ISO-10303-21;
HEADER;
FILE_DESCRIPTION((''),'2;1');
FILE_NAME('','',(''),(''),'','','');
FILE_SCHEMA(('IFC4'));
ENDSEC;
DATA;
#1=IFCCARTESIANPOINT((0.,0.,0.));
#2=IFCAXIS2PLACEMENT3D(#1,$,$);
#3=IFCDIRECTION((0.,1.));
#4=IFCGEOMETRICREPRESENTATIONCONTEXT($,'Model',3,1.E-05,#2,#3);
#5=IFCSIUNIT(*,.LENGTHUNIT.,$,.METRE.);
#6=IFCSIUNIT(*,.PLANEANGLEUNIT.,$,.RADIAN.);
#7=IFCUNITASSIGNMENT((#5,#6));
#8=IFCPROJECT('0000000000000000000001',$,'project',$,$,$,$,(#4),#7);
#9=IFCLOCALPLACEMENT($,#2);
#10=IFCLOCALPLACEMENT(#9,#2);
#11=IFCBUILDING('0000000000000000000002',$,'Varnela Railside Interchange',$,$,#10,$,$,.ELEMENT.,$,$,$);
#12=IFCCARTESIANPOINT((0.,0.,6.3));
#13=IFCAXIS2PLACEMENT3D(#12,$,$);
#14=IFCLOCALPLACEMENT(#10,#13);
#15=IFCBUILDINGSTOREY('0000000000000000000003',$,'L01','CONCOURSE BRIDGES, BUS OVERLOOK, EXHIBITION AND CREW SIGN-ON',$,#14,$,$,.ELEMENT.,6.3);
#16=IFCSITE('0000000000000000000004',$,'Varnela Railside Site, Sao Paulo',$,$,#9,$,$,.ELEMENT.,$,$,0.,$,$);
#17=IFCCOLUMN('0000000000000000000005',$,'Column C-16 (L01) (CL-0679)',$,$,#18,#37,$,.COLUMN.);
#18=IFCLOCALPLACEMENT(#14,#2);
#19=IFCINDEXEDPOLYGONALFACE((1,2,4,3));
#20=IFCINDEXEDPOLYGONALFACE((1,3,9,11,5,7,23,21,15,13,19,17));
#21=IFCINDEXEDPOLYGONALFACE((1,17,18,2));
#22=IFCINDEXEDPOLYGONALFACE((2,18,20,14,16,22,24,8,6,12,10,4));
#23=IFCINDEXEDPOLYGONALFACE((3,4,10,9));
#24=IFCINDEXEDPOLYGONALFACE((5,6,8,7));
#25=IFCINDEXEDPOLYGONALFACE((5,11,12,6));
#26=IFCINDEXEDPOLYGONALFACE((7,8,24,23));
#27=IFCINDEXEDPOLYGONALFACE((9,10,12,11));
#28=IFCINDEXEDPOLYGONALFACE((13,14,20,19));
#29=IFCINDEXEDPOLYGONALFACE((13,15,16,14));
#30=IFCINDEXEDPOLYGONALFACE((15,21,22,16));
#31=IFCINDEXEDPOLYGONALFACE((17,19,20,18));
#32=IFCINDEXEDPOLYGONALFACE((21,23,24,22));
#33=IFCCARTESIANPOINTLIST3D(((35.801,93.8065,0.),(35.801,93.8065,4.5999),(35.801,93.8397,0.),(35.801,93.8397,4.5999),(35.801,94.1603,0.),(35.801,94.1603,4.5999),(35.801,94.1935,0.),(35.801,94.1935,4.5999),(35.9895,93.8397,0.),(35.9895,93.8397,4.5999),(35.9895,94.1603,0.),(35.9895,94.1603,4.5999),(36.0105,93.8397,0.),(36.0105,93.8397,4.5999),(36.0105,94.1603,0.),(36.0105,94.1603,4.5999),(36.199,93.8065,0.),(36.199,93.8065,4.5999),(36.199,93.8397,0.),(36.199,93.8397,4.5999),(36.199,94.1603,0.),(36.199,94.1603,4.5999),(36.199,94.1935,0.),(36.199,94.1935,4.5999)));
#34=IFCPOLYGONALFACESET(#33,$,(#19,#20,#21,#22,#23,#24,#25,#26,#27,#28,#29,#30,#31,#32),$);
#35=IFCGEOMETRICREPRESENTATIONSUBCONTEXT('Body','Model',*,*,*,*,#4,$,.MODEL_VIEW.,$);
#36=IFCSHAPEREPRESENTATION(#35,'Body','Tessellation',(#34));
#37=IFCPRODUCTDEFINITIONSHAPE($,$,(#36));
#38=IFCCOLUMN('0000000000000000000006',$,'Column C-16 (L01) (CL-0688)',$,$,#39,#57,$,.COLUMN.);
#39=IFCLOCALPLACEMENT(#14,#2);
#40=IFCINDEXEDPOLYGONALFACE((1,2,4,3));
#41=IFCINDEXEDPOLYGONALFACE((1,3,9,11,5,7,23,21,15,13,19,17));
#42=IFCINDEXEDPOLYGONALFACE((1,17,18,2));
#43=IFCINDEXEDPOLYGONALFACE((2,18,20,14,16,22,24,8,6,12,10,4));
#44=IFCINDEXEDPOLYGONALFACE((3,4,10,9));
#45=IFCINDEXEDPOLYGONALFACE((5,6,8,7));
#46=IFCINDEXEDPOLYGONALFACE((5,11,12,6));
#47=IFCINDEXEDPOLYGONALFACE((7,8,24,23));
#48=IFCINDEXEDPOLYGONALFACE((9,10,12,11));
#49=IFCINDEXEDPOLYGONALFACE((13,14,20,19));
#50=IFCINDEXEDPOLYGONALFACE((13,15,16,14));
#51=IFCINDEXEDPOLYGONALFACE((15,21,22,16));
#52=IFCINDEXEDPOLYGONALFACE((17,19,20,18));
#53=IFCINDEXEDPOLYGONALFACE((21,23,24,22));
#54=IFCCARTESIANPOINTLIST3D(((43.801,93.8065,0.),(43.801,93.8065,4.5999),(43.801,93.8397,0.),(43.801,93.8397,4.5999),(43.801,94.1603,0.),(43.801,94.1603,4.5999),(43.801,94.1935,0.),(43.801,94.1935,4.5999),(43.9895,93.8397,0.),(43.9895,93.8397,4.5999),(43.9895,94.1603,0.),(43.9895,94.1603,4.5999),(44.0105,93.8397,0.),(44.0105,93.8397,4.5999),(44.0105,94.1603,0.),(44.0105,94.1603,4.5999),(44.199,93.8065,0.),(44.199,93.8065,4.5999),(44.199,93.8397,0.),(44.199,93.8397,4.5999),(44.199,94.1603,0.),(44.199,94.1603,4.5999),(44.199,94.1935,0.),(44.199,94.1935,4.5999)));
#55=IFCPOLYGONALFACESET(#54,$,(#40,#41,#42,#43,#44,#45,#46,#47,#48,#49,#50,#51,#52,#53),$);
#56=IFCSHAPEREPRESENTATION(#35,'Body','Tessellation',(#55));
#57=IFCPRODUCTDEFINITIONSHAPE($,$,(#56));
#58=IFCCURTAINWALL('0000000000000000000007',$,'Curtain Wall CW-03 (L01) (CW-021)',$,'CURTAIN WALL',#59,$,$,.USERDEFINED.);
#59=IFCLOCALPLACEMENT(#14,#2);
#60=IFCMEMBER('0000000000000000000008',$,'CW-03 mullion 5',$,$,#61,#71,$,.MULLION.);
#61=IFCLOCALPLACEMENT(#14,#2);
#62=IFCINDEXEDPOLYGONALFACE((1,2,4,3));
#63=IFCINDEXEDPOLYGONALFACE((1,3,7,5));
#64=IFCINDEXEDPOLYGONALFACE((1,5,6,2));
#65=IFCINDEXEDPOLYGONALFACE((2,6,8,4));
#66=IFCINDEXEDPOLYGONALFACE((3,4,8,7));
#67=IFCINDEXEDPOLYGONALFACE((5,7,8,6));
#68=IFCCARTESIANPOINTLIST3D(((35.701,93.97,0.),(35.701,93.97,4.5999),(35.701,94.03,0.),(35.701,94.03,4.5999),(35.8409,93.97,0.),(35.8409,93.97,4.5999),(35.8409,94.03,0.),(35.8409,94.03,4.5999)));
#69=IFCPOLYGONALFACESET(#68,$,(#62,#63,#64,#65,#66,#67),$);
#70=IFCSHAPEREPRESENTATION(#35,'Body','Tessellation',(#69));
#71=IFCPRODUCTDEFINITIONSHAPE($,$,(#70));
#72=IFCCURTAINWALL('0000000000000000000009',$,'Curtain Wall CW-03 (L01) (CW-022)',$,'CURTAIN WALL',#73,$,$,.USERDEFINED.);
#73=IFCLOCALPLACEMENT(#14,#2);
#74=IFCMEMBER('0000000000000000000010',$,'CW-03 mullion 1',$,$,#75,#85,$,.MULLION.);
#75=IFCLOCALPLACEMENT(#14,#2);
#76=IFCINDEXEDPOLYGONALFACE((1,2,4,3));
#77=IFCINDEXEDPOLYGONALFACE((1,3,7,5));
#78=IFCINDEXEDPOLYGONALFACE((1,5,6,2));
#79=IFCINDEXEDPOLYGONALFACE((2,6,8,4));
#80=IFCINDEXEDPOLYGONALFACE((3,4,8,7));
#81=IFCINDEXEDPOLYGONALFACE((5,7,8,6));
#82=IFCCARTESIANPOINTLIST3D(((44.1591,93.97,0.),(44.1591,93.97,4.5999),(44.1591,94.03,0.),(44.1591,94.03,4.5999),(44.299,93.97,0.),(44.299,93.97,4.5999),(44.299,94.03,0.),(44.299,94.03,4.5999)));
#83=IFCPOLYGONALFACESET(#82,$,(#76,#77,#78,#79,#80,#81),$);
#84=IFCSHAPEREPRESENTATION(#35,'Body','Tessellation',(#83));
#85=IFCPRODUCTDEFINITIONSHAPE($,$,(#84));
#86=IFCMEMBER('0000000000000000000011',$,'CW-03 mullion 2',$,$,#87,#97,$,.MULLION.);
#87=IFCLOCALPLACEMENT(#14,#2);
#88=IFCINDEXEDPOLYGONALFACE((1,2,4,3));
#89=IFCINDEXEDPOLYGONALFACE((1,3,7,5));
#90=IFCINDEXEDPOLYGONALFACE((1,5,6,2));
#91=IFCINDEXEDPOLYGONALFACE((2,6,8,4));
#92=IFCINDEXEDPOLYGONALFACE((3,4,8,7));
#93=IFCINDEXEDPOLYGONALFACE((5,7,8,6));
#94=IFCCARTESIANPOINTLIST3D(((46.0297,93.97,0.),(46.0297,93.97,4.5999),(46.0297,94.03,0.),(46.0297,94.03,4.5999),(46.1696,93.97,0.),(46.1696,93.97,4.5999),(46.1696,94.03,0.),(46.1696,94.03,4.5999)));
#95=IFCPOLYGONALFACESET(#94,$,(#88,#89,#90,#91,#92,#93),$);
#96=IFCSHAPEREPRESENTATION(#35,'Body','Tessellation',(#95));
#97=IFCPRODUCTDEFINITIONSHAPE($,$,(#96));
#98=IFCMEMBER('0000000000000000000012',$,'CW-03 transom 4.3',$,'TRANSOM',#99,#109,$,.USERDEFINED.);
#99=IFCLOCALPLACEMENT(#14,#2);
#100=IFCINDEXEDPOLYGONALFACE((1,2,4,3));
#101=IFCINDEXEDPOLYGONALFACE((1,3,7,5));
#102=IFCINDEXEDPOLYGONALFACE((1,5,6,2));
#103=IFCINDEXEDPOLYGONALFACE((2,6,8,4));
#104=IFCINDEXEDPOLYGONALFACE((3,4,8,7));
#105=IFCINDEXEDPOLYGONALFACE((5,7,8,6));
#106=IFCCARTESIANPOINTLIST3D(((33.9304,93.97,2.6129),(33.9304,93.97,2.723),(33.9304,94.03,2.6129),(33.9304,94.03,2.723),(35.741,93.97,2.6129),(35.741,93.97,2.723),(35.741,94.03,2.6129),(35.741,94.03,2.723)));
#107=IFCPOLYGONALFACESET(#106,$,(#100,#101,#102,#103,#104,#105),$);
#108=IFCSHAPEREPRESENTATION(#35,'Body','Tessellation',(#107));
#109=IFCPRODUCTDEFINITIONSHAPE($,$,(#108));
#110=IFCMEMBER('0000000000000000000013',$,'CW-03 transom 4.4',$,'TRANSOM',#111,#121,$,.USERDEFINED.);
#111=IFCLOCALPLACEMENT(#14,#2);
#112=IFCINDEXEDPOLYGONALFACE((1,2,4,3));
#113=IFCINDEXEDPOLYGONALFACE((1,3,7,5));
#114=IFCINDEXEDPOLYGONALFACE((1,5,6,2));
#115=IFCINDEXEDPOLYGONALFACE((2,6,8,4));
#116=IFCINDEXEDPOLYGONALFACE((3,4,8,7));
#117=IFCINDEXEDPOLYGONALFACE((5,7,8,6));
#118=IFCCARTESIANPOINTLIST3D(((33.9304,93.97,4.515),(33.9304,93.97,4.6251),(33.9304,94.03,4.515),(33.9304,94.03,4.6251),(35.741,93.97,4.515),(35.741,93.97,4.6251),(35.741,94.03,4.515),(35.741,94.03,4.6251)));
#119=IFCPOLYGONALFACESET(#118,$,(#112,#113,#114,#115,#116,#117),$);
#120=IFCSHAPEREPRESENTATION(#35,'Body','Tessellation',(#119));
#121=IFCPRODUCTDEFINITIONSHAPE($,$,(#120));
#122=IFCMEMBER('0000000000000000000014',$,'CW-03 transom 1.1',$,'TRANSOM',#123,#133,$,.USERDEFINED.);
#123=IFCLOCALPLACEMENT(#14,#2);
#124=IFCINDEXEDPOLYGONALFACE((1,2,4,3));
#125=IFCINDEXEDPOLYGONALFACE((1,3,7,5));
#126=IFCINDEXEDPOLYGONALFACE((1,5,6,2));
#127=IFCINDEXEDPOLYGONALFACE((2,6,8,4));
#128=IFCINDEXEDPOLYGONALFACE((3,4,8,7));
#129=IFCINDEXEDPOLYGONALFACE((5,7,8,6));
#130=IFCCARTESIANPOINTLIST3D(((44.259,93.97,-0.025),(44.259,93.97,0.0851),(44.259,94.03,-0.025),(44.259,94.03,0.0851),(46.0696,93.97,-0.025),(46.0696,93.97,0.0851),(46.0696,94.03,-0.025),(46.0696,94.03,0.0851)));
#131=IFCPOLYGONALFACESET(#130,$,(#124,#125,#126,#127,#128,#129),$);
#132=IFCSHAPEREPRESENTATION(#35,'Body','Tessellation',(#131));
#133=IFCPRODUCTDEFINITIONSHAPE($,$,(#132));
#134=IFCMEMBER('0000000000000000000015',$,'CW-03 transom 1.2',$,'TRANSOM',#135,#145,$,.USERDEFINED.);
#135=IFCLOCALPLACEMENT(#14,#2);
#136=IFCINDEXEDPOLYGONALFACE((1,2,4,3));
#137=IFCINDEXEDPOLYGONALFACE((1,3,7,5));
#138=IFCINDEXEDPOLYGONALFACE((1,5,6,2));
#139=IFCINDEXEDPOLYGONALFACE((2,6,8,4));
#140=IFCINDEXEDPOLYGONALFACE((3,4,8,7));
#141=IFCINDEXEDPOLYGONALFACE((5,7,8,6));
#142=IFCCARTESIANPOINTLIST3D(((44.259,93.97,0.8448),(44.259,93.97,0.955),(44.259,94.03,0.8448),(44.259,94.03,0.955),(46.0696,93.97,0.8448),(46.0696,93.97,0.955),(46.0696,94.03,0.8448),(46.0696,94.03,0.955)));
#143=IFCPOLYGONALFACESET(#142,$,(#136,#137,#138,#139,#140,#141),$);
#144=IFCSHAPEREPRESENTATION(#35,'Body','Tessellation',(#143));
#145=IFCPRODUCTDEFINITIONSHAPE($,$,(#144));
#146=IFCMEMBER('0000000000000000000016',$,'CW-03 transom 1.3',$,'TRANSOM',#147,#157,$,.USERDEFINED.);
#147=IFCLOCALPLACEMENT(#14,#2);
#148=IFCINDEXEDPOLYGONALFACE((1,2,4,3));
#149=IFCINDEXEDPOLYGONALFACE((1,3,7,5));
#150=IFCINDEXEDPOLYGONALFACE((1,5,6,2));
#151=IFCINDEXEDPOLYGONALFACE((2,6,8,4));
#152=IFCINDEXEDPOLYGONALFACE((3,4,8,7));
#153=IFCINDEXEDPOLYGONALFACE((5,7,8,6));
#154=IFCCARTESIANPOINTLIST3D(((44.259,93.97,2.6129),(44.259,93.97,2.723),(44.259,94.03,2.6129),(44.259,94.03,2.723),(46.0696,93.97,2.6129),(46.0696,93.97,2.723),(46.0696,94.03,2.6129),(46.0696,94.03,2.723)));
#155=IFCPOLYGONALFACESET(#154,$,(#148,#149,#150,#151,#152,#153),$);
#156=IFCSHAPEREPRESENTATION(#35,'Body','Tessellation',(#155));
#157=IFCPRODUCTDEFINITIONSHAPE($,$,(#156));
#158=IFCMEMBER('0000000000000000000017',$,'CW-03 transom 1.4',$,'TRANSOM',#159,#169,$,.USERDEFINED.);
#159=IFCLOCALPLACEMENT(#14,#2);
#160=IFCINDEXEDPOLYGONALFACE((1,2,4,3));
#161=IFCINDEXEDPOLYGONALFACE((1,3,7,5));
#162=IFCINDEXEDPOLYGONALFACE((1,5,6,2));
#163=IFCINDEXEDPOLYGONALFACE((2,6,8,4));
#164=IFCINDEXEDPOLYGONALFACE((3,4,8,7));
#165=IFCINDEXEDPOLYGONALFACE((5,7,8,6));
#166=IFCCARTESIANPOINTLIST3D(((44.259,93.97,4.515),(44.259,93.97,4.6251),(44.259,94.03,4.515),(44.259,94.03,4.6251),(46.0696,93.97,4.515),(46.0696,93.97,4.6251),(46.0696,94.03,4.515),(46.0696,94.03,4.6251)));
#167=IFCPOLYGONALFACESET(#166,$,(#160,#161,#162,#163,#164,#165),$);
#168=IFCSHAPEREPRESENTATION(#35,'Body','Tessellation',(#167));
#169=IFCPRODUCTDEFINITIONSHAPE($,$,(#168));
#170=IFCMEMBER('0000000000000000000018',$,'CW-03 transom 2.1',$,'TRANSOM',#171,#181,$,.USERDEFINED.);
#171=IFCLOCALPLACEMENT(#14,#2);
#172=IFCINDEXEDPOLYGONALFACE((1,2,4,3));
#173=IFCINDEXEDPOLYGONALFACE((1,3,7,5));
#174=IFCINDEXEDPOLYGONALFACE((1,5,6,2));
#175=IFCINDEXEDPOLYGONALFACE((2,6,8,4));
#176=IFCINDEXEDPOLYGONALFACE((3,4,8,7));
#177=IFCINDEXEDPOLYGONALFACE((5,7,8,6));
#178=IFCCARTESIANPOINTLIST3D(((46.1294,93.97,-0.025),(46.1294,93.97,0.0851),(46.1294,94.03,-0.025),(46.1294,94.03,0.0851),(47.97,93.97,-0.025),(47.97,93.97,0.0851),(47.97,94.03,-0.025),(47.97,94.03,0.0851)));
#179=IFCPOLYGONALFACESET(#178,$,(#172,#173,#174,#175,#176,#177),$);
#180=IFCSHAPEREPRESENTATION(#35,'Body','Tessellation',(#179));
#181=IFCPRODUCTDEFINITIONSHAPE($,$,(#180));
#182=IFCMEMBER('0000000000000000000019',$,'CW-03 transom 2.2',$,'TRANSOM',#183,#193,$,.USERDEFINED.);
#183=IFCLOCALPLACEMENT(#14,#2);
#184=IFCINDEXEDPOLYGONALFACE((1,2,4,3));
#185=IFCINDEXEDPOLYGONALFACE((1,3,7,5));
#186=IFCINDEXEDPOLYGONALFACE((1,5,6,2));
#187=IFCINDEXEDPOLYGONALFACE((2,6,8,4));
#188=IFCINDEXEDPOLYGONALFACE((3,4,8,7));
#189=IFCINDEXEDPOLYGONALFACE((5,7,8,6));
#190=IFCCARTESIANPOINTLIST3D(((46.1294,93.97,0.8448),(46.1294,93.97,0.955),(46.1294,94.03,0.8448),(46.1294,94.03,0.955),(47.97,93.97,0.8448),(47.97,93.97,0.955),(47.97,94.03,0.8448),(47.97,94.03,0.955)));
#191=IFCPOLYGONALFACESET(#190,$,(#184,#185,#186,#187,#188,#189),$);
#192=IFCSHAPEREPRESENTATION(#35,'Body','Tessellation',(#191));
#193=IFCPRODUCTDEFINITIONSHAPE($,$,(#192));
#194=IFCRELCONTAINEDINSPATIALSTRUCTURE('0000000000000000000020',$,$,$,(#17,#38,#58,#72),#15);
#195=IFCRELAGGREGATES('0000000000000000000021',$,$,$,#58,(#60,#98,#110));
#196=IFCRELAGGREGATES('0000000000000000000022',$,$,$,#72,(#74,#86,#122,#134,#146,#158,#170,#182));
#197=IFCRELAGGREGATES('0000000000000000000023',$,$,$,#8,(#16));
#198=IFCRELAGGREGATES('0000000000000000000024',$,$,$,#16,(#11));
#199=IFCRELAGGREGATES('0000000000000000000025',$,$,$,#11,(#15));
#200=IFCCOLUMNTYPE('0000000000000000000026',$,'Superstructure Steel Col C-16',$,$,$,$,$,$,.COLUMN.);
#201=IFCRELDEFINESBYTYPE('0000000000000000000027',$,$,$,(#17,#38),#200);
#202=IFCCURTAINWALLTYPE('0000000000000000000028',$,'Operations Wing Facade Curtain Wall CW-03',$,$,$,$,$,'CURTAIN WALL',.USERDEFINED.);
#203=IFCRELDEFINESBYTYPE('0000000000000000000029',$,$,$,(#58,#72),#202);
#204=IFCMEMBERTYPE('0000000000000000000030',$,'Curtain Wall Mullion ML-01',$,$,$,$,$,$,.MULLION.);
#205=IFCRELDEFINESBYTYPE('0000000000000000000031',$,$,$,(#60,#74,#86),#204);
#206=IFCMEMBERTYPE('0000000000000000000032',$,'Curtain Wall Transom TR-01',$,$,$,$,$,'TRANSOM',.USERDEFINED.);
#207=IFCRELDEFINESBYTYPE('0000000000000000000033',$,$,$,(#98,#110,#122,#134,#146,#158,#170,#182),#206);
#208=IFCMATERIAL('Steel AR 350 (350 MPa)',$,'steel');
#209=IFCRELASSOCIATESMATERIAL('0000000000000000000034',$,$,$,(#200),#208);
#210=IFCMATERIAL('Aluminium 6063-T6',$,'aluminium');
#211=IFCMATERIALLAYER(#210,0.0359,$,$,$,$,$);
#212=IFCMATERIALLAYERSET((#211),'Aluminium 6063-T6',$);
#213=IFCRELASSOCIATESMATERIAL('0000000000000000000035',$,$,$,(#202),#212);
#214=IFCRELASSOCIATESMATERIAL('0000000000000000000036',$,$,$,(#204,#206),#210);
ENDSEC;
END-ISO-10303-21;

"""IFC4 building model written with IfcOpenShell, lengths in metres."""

from ifc_helpers import new_model, si_unit, direction, frame, origin, origin_2d, place, context, subcontext, project, spatial, rectangle, i_section, extrude, material, layer, layer_set, material_profile, profile_set, type_object, element, aggregate, save


model = new_model("IFC4")

# Units and contexts
model_context = context("Model", 3, precision=1e-05, world=origin(), true_north=direction((0.0, 1.0)))
body_context = subcontext(model_context, "Body", "Model", "MODEL_VIEW")
ifc_project = project(units=[si_unit("LENGTHUNIT", "METRE"), si_unit("PLANEANGLEUNIT", "RADIAN")], contexts=[model_context])

# Site, building, storey
site_placement = place(None, origin())
site = spatial("IfcSite", under=ifc_project, at=site_placement, Name="Varnela Railside Site, Sao Paulo", CompositionType="ELEMENT", RefElevation=0.0)
building_placement = place(site_placement, origin())
building = spatial("IfcBuilding", under=site, at=building_placement, Name="Varnela Railside Interchange", CompositionType="ELEMENT")
storey_placement = place(building_placement, frame((0.0, 0.0, 6.3)))
storey = spatial("IfcBuildingStorey", under=building, at=storey_placement, Name="L01", Description="CONCOURSE BRIDGES, BUS OVERLOOK, EXHIBITION AND CREW SIGN-ON", CompositionType="ELEMENT", Elevation=6.3)

# Columns
ifc_material_1 = material(Name="Steel AR 350 (350 MPa)", Category="steel")
ifc_material_profile_1 = material_profile(ifc_material_1, i_section(OverallWidth=0.3979, OverallDepth=0.387, WebThickness=0.021, FlangeThickness=0.0332, at=origin_2d()), Name="W360x262")
ifc_profile_set_1 = profile_set([ifc_material_profile_1], Name="Steel AR 350 (350 MPa)")
column_type = type_object("IfcColumnType", Name="Superstructure Steel Col C-16", PredefinedType="COLUMN", material=ifc_profile_set_1)
for number, where, z_axis, x_axis, name in (
    (1, (36.0, 94.0, 0.0), (0.0, 0.0, 1.0), (1.0, 0.0, 0.0), "Column C-16 (L01) (CL-0679)"),
    (2, (44.0, 94.0, 0.0), (0.0, 0.0, 1.0), (1.0, 0.0, 0.0), "Column C-16 (L01) (CL-0688)"),
):
    element("IfcColumn", number, at=place(storey_placement, frame(where, z_axis=z_axis, x_axis=x_axis)), inside=storey, type_object=column_type, Name=name, PredefinedType="COLUMN", context=body_context, shape_type="SweptSolid", body=[
        extrude(i_section(OverallWidth=0.3979, OverallDepth=0.387, WebThickness=0.021, FlangeThickness=0.0332, at=origin_2d()), origin(), (0.0, 0.0, 1.0), 4.5999),
    ])

# Curtain wall, member
ifc_material_2 = material(Name="Aluminium 6063-T6", Category="aluminium")
ifc_layer_1 = layer(ifc_material_2, 0.0359)
ifc_layer_set_1 = layer_set([ifc_layer_1], Name="Aluminium 6063-T6")
curtain_wall_type = type_object("IfcCurtainWallType", Name="Operations Wing Facade Curtain Wall CW-03", ElementType="CURTAIN WALL", PredefinedType="USERDEFINED", material=ifc_layer_set_1)
curtain_wall_1_placement = place(storey_placement, origin())
curtain_wall_1 = element("IfcCurtainWall", 3, at=curtain_wall_1_placement, inside=storey, type_object=curtain_wall_type, Name="Curtain Wall CW-03 (L01) (CW-021)", ObjectType="CURTAIN WALL", PredefinedType="USERDEFINED")
ifc_material_profile_2 = material_profile(ifc_material_2, rectangle(XDim=0.0601, YDim=0.1399, at=origin_2d()), Name="ALU 60x140")
ifc_profile_set_2 = profile_set([ifc_material_profile_2], Name="Aluminium 6063-T6")
member_type_1 = type_object("IfcMemberType", Name="Curtain Wall Mullion ML-01", PredefinedType="MULLION", material=ifc_profile_set_2)
member_1_placement = place(storey_placement, frame((35.771, 94.0, 0.0), z_axis=(0.0, 0.0, 1.0), x_axis=(0.0, 1.0, 0.0)))
member_1 = element("IfcMember", 4, at=member_1_placement, type_object=member_type_1, Name="CW-03 mullion 5", PredefinedType="MULLION", context=body_context, shape_type="SweptSolid", body=[
    extrude(rectangle(XDim=0.0601, YDim=0.1399, at=origin_2d()), origin(), (0.0, 0.0, 1.0), 4.5999),
])

# Curtain wall, members
curtain_wall_2_placement = place(storey_placement, origin())
curtain_wall_2 = element("IfcCurtainWall", 5, at=curtain_wall_2_placement, inside=storey, type_object=curtain_wall_type, Name="Curtain Wall CW-03 (L01) (CW-022)", ObjectType="CURTAIN WALL", PredefinedType="USERDEFINED")
member_2_placement = place(storey_placement, frame((44.229, 94.0, 0.0), z_axis=(0.0, 0.0, 1.0), x_axis=(0.0, 1.0, 0.0)))
member_2 = element("IfcMember", 6, at=member_2_placement, type_object=member_type_1, Name="CW-03 mullion 1", PredefinedType="MULLION", context=body_context, shape_type="SweptSolid", body=[
    extrude(rectangle(XDim=0.0601, YDim=0.1399, at=origin_2d()), origin(), (0.0, 0.0, 1.0), 4.5999),
])
member_3_placement = place(storey_placement, frame((46.0996, 94.0, 0.0), z_axis=(0.0, 0.0, 1.0), x_axis=(0.0, 1.0, 0.0)))
member_3 = element("IfcMember", 7, at=member_3_placement, type_object=member_type_1, Name="CW-03 mullion 2", PredefinedType="MULLION", context=body_context, shape_type="SweptSolid", body=[
    extrude(rectangle(XDim=0.0601, YDim=0.1399, at=origin_2d()), origin(), (0.0, 0.0, 1.0), 4.5999),
])

# Members
ifc_material_profile_3 = material_profile(ifc_material_2, rectangle(XDim=0.0601, YDim=0.1101, at=origin_2d()), Name="ALU 60x110")
ifc_profile_set_3 = profile_set([ifc_material_profile_3], Name="Aluminium 6063-T6")
member_type_2 = type_object("IfcMemberType", Name="Curtain Wall Transom TR-01", ElementType="TRANSOM", PredefinedType="USERDEFINED", material=ifc_profile_set_3)
member_4_placement = place(storey_placement, frame((33.9304, 94.0, 2.668), z_axis=(1.0, 0.0, 0.0), x_axis=(0.0, 1.0, 0.0)))
member_4 = element("IfcMember", 8, at=member_4_placement, type_object=member_type_2, Name="CW-03 transom 4.3", ObjectType="TRANSOM", PredefinedType="USERDEFINED", context=body_context, shape_type="SweptSolid", body=[
    extrude(rectangle(XDim=0.0601, YDim=0.1101, at=origin_2d()), origin(), (0.0, 0.0, 1.0), 1.8105),
])
member_5_placement = place(storey_placement, frame((33.9304, 94.0, 4.5701), z_axis=(1.0, 0.0, 0.0), x_axis=(0.0, 1.0, 0.0)))
member_5 = element("IfcMember", 9, at=member_5_placement, type_object=member_type_2, Name="CW-03 transom 4.4", ObjectType="TRANSOM", PredefinedType="USERDEFINED", context=body_context, shape_type="SweptSolid", body=[
    extrude(rectangle(XDim=0.0601, YDim=0.1101, at=origin_2d()), origin(), (0.0, 0.0, 1.0), 1.8105),
])
member_6_placement = place(storey_placement, frame((44.259, 94.0, 0.03), z_axis=(1.0, 0.0, 0.0), x_axis=(0.0, 1.0, 0.0)))
member_6 = element("IfcMember", 10, at=member_6_placement, type_object=member_type_2, Name="CW-03 transom 1.1", ObjectType="TRANSOM", PredefinedType="USERDEFINED", context=body_context, shape_type="SweptSolid", body=[
    extrude(rectangle(XDim=0.0601, YDim=0.1101, at=origin_2d()), origin(), (0.0, 0.0, 1.0), 1.8105),
])
member_7_placement = place(storey_placement, frame((44.259, 94.0, 0.8999), z_axis=(1.0, 0.0, 0.0), x_axis=(0.0, 1.0, 0.0)))
member_7 = element("IfcMember", 11, at=member_7_placement, type_object=member_type_2, Name="CW-03 transom 1.2", ObjectType="TRANSOM", PredefinedType="USERDEFINED", context=body_context, shape_type="SweptSolid", body=[
    extrude(rectangle(XDim=0.0601, YDim=0.1101, at=origin_2d()), origin(), (0.0, 0.0, 1.0), 1.8105),
])
member_8_placement = place(storey_placement, frame((44.259, 94.0, 2.668), z_axis=(1.0, 0.0, 0.0), x_axis=(0.0, 1.0, 0.0)))
member_8 = element("IfcMember", 12, at=member_8_placement, type_object=member_type_2, Name="CW-03 transom 1.3", ObjectType="TRANSOM", PredefinedType="USERDEFINED", context=body_context, shape_type="SweptSolid", body=[
    extrude(rectangle(XDim=0.0601, YDim=0.1101, at=origin_2d()), origin(), (0.0, 0.0, 1.0), 1.8105),
])
member_9_placement = place(storey_placement, frame((44.259, 94.0, 4.5701), z_axis=(1.0, 0.0, 0.0), x_axis=(0.0, 1.0, 0.0)))
member_9 = element("IfcMember", 13, at=member_9_placement, type_object=member_type_2, Name="CW-03 transom 1.4", ObjectType="TRANSOM", PredefinedType="USERDEFINED", context=body_context, shape_type="SweptSolid", body=[
    extrude(rectangle(XDim=0.0601, YDim=0.1101, at=origin_2d()), origin(), (0.0, 0.0, 1.0), 1.8105),
])
member_10_placement = place(storey_placement, frame((46.1294, 94.0, 0.03), z_axis=(1.0, 0.0, 0.0), x_axis=(0.0, 1.0, 0.0)))
member_10 = element("IfcMember", 14, at=member_10_placement, type_object=member_type_2, Name="CW-03 transom 2.1", ObjectType="TRANSOM", PredefinedType="USERDEFINED", context=body_context, shape_type="SweptSolid", body=[
    extrude(rectangle(XDim=0.0601, YDim=0.1101, at=origin_2d()), origin(), (0.0, 0.0, 1.0), 1.8406),
])
member_11_placement = place(storey_placement, frame((46.1294, 94.0, 0.8999), z_axis=(1.0, 0.0, 0.0), x_axis=(0.0, 1.0, 0.0)))
member_11 = element("IfcMember", 15, at=member_11_placement, type_object=member_type_2, Name="CW-03 transom 2.2", ObjectType="TRANSOM", PredefinedType="USERDEFINED", context=body_context, shape_type="SweptSolid", body=[
    extrude(rectangle(XDim=0.0601, YDim=0.1101, at=origin_2d()), origin(), (0.0, 0.0, 1.0), 1.8406),
])

aggregate(curtain_wall_1, [member_1, member_4, member_5])
aggregate(curtain_wall_2, [member_2, member_3, member_6, member_7, member_8, member_9, member_10, member_11])

save(model, "model.ifc")
